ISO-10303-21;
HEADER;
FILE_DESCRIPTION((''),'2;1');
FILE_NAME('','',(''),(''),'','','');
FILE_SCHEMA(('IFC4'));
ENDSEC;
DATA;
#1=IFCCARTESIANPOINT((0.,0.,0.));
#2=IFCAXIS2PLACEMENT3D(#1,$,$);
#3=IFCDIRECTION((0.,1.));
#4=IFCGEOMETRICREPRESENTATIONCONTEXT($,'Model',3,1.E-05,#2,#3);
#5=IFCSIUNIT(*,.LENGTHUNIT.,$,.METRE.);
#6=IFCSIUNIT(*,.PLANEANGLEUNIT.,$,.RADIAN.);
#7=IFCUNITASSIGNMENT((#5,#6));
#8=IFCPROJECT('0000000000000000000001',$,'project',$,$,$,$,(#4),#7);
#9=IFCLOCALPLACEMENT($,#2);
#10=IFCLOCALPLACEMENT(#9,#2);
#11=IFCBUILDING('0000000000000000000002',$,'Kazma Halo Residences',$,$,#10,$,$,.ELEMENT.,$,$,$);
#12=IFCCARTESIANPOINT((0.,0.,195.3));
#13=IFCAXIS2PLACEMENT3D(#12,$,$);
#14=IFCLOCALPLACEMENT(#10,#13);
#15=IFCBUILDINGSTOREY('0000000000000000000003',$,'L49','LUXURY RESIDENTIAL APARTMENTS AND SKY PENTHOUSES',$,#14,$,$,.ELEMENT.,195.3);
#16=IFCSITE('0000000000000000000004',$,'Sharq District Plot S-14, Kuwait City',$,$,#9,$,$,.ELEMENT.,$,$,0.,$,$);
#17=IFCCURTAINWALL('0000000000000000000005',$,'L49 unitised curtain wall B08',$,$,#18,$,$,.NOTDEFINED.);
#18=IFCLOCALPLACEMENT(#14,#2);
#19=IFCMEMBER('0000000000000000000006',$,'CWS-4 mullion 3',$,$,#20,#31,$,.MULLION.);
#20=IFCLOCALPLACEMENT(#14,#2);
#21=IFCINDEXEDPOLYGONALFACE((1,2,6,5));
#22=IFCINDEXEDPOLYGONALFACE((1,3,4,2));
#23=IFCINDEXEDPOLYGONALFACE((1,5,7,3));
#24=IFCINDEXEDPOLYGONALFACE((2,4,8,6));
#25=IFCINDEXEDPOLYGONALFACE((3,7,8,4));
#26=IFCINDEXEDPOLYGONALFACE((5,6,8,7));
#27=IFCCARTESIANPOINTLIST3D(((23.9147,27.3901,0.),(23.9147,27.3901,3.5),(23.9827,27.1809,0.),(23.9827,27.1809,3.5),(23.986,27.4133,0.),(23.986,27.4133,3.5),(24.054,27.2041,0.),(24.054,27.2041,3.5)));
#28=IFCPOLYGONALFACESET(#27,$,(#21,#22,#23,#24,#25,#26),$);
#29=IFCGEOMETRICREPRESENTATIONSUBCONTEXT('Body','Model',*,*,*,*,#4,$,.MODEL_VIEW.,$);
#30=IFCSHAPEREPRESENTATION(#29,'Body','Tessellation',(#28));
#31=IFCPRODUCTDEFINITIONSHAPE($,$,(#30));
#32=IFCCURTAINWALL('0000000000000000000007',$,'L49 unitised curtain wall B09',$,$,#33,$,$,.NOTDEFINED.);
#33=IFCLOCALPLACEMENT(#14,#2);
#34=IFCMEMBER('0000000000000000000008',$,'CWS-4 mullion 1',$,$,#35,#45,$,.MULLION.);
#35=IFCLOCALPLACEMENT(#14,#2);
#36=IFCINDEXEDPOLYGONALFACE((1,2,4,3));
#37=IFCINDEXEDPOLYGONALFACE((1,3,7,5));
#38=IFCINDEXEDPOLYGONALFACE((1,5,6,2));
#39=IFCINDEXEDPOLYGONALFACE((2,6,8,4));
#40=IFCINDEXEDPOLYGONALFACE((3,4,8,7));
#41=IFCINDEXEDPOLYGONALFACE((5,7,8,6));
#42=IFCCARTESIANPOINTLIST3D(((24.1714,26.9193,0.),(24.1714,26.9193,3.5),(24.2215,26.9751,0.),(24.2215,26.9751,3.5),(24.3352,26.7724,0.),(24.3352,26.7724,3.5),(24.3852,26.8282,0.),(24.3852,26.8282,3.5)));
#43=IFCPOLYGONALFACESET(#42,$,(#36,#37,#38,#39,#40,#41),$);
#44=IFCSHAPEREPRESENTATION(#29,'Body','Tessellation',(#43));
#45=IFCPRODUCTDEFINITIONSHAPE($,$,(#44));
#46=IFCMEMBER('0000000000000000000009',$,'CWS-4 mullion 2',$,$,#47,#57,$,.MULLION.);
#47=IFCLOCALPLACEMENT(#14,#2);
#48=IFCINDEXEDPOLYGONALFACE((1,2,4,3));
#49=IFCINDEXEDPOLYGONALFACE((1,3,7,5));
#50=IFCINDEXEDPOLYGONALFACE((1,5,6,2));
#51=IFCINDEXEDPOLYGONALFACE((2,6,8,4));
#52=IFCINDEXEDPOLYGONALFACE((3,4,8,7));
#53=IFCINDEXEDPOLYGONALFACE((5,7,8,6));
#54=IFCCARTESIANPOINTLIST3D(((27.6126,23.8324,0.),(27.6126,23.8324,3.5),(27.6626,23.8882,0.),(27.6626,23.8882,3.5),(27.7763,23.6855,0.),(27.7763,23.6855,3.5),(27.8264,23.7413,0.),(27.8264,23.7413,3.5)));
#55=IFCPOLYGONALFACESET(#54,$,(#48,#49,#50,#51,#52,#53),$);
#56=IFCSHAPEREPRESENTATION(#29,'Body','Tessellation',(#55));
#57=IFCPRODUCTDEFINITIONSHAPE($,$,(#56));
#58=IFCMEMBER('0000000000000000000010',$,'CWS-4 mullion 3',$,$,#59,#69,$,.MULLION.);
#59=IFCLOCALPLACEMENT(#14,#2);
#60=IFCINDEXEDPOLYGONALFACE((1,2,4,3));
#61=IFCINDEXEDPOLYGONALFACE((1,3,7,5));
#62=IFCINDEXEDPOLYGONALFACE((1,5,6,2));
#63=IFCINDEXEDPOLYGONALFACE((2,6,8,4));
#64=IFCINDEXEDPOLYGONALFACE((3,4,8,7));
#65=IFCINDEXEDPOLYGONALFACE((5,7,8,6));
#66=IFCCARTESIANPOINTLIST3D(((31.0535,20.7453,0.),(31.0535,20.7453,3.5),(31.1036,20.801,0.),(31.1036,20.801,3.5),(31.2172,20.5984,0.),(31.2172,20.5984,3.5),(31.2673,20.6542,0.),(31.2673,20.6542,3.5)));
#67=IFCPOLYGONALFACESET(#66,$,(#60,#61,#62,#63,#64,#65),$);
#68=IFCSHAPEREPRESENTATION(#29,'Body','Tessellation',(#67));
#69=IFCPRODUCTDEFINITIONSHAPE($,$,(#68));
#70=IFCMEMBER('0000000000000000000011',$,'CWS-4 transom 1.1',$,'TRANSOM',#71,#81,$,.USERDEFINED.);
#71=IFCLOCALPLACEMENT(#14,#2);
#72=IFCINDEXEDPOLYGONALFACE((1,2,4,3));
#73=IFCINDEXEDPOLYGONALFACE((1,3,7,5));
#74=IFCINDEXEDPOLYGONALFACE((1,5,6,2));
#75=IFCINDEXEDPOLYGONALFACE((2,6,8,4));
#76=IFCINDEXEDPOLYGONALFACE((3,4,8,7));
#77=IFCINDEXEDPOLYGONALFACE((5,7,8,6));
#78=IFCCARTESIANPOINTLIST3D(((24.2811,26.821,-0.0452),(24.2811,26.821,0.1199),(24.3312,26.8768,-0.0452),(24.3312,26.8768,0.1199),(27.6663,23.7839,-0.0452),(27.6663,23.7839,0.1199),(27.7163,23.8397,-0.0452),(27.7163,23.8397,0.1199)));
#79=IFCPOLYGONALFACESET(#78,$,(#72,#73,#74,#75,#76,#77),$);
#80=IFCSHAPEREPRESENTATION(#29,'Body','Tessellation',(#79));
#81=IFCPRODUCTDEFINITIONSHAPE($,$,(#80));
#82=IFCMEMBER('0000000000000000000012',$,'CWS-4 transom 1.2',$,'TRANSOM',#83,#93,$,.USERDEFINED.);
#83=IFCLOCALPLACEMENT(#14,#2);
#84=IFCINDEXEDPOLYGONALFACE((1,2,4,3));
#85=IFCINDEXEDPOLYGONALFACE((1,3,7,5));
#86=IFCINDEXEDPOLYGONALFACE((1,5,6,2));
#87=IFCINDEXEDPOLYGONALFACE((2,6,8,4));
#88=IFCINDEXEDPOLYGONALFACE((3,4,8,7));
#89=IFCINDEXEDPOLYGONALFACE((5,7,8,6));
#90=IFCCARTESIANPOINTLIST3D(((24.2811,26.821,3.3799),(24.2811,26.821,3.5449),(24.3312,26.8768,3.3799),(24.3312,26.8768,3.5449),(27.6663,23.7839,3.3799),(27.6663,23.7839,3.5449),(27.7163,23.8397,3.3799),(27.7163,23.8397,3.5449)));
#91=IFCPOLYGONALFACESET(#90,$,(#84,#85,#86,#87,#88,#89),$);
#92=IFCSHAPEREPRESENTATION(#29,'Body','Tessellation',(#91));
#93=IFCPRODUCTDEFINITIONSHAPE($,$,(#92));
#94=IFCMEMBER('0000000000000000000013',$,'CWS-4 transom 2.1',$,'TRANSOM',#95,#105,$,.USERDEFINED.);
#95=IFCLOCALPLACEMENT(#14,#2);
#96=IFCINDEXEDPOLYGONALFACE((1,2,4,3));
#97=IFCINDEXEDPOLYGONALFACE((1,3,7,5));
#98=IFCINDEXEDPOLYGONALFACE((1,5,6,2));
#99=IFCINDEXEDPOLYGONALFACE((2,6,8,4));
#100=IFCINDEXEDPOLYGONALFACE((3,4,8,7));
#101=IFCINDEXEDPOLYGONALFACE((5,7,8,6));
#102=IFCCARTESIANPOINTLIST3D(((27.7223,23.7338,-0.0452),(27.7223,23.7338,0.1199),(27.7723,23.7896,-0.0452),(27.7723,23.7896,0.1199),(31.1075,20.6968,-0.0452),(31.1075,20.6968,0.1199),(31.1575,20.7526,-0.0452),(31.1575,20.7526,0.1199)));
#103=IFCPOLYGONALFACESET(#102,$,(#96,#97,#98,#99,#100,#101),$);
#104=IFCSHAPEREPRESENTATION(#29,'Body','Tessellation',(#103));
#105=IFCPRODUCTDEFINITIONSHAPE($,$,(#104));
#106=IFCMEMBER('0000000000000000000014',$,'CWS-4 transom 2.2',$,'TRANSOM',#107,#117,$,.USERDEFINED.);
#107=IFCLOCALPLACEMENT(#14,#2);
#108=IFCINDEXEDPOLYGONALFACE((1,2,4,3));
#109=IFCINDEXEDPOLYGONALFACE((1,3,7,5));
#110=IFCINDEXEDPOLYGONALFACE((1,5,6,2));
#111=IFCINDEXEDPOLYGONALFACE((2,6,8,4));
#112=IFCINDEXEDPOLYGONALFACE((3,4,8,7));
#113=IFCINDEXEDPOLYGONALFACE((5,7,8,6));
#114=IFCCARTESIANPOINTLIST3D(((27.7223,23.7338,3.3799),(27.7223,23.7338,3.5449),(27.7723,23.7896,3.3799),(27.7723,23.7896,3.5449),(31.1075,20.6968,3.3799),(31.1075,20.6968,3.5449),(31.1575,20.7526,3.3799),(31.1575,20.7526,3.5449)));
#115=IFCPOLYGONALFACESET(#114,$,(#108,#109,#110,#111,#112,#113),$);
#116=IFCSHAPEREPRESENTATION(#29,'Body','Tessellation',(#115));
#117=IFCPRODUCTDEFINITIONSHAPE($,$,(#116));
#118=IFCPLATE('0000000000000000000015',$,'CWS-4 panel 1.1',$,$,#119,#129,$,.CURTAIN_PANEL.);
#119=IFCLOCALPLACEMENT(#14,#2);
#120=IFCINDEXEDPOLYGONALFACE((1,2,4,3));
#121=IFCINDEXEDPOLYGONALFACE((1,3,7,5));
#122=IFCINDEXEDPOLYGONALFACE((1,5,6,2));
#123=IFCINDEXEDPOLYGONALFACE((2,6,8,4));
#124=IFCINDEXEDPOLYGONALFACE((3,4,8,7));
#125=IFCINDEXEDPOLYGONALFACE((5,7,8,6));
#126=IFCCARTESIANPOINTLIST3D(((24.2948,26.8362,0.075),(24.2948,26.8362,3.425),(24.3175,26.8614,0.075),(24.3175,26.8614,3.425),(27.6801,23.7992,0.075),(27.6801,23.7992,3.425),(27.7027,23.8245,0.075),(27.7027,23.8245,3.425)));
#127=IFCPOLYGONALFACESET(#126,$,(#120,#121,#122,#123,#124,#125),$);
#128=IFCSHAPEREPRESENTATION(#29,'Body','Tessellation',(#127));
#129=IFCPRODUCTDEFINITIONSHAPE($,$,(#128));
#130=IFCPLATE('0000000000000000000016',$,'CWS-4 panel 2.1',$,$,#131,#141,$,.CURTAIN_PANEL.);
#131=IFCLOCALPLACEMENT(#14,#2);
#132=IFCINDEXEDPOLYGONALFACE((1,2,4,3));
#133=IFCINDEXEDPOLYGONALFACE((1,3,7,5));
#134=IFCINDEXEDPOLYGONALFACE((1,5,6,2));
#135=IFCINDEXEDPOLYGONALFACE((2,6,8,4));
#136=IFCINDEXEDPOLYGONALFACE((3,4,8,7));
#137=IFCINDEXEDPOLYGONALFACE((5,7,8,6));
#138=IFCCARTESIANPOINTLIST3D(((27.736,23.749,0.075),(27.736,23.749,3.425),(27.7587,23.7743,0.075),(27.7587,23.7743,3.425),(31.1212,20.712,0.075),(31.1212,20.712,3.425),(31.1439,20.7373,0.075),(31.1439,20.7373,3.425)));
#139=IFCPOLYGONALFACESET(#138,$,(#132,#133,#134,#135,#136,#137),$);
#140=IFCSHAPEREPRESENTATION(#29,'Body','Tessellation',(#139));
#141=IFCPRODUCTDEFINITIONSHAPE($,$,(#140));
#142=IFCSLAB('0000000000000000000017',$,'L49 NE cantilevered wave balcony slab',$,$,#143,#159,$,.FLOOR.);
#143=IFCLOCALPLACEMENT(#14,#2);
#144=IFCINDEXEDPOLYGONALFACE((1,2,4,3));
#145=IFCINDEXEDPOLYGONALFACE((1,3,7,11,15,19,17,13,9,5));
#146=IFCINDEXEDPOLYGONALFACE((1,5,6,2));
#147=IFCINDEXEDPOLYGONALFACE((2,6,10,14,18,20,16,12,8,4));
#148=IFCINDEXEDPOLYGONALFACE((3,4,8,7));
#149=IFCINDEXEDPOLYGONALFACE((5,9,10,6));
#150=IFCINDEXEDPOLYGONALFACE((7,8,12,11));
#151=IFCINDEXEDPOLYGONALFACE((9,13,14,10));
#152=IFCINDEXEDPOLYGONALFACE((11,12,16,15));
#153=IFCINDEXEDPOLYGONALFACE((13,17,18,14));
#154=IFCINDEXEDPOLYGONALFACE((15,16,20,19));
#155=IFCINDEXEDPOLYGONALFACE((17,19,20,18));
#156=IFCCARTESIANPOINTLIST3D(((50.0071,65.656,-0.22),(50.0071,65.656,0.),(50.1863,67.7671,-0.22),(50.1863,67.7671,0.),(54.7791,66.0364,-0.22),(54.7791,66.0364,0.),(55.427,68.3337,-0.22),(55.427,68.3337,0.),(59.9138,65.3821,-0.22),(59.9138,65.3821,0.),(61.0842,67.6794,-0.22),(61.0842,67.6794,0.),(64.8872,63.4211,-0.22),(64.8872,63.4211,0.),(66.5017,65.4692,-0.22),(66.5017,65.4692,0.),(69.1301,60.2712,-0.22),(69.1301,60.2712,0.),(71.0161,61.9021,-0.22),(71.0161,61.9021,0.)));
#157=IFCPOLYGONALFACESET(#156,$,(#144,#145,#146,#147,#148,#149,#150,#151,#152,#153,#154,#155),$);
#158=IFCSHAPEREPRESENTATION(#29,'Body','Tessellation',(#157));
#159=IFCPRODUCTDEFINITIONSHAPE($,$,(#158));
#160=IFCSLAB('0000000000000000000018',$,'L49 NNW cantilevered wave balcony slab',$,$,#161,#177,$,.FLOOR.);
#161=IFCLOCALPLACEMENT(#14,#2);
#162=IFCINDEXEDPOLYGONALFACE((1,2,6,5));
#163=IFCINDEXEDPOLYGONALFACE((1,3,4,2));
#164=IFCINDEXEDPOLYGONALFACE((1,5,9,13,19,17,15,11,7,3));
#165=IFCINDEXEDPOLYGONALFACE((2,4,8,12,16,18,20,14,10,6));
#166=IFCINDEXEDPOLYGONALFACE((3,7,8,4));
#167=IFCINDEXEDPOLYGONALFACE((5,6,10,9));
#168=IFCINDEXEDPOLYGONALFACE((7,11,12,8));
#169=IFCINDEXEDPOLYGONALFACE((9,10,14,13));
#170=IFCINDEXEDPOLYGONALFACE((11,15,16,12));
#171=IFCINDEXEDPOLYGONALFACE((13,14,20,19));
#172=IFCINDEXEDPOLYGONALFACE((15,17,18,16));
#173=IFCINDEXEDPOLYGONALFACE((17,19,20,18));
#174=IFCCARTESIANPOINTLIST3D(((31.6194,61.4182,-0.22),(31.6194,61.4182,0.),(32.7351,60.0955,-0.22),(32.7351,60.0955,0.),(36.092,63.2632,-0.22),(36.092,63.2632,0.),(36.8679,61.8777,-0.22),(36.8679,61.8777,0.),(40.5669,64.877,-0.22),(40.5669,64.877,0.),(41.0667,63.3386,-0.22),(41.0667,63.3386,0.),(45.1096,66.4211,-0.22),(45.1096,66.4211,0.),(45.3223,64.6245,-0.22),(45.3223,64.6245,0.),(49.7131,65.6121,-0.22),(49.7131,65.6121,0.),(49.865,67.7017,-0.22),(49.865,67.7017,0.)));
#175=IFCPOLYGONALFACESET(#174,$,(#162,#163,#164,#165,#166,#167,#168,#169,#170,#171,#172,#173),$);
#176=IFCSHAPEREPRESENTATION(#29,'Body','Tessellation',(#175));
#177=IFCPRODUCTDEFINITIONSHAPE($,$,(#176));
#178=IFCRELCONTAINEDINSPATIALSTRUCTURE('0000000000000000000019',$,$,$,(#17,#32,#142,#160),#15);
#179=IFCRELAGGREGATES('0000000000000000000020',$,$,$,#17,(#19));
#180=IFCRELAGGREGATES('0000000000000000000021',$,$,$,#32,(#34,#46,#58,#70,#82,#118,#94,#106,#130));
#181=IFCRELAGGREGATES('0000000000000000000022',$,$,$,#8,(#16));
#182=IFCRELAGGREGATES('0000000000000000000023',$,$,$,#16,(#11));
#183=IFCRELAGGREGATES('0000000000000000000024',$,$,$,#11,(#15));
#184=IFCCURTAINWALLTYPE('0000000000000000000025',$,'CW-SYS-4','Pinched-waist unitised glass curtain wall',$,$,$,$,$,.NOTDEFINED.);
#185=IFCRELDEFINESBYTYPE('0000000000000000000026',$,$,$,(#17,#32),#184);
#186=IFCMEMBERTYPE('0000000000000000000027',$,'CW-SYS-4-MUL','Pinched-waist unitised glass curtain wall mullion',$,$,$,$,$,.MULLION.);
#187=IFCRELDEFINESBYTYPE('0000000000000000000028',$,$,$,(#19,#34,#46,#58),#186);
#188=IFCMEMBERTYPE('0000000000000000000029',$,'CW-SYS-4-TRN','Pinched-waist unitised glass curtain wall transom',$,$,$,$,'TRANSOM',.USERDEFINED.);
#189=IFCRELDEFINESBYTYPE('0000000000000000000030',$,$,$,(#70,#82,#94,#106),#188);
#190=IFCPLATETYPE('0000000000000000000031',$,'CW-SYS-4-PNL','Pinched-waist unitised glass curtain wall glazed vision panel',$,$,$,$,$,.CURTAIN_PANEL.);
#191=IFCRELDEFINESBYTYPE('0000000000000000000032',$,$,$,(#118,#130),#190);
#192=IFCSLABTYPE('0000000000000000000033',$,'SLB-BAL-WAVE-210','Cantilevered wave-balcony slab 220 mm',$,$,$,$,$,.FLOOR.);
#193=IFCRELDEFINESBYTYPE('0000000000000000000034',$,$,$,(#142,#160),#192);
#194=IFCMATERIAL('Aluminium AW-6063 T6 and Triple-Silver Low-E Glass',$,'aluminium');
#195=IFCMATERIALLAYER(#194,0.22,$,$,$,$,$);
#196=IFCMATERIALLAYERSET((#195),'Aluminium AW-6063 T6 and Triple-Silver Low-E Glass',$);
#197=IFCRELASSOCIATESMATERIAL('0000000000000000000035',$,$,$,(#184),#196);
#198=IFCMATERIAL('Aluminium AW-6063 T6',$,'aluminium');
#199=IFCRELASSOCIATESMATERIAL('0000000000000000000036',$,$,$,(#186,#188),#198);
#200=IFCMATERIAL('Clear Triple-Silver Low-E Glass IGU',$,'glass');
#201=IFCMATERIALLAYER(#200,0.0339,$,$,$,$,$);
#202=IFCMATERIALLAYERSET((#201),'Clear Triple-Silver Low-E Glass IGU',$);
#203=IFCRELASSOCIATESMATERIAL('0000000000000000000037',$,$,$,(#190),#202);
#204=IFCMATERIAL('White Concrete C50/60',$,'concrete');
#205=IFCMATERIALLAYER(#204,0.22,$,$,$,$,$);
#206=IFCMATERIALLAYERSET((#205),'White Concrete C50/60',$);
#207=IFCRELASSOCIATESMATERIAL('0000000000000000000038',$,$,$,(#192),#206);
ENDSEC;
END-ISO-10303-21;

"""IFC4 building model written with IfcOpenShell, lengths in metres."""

from ifc_helpers import new_model, si_unit, direction, frame, origin, origin_2d, place, context, subcontext, project, spatial, polyline, rectangle, outline, extrude, material, layer, layer_set, material_profile, profile_set, type_object, element, aggregate, save


model = new_model("IFC4")

# Units and contexts
model_context = context("Model", 3, precision=1e-05, world=origin(), true_north=direction((0.0, 1.0)))
body_context = subcontext(model_context, "Body", "Model", "MODEL_VIEW")
ifc_project = project(units=[si_unit("LENGTHUNIT", "METRE"), si_unit("PLANEANGLEUNIT", "RADIAN")], contexts=[model_context])

# Site, building, storey
site_placement = place(None, origin())
site = spatial("IfcSite", under=ifc_project, at=site_placement, Name="Sharq District Plot S-14, Kuwait City", CompositionType="ELEMENT", RefElevation=0.0)
building_placement = place(site_placement, origin())
building = spatial("IfcBuilding", under=site, at=building_placement, Name="Kazma Halo Residences", CompositionType="ELEMENT")
storey_placement = place(building_placement, frame((0.0, 0.0, 195.3)))
storey = spatial("IfcBuildingStorey", under=building, at=storey_placement, Name="L49", Description="LUXURY RESIDENTIAL APARTMENTS AND SKY PENTHOUSES", CompositionType="ELEMENT", Elevation=195.3)

# Curtain wall, member
ifc_material_1 = material(Name="Aluminium AW-6063 T6 and Triple-Silver Low-E Glass", Category="aluminium")
ifc_layer_1 = layer(ifc_material_1, 0.22)
ifc_layer_set_1 = layer_set([ifc_layer_1], Name="Aluminium AW-6063 T6 and Triple-Silver Low-E Glass")
curtain_wall_type = type_object("IfcCurtainWallType", Name="CW-SYS-4", Description="Pinched-waist unitised glass curtain wall", PredefinedType="NOTDEFINED", material=ifc_layer_set_1)
curtain_wall_1_placement = place(storey_placement, origin())
curtain_wall_1 = element("IfcCurtainWall", 1, at=curtain_wall_1_placement, inside=storey, type_object=curtain_wall_type, Name="L49 unitised curtain wall B08", PredefinedType="NOTDEFINED")
ifc_material_2 = material(Name="Aluminium AW-6063 T6", Category="aluminium")
ifc_material_profile_1 = material_profile(ifc_material_2, rectangle(XDim=0.075, YDim=0.22, at=origin_2d()), Name="CWM-75x220")
ifc_profile_set_1 = profile_set([ifc_material_profile_1], Name="Aluminium AW-6063 T6")
member_type_1 = type_object("IfcMemberType", Name="CW-SYS-4-MUL", Description="Pinched-waist unitised glass curtain wall mullion", PredefinedType="MULLION", material=ifc_profile_set_1)
member_1_placement = place(storey_placement, frame((23.9844, 27.2971, 0.0), z_axis=(0.0, 0.0, 1.0), x_axis=(0.951057, 0.309016, 0.0)))
member_1 = element("IfcMember", 2, at=member_1_placement, type_object=member_type_1, Name="CWS-4 mullion 3", PredefinedType="MULLION", context=body_context, shape_type="SweptSolid", body=[
    extrude(rectangle(XDim=0.075, YDim=0.22, at=origin_2d()), origin(), (0.0, 0.0, 1.0), 3.5),
])
aggregate(curtain_wall_1, [member_1])

# Curtain wall, members, plates
curtain_wall_2_placement = place(storey_placement, origin())
curtain_wall_2 = element("IfcCurtainWall", 3, at=curtain_wall_2_placement, inside=storey, type_object=curtain_wall_type, Name="L49 unitised curtain wall B09", PredefinedType="NOTDEFINED")
member_2_placement = place(storey_placement, frame((24.2783, 26.8738, 0.0), z_axis=(0.0, 0.0, 1.0), x_axis=(0.667784, 0.744355, 0.0)))
member_2 = element("IfcMember", 4, at=member_2_placement, type_object=member_type_1, Name="CWS-4 mullion 1", PredefinedType="MULLION", context=body_context, shape_type="SweptSolid", body=[
    extrude(rectangle(XDim=0.075, YDim=0.22, at=origin_2d()), origin(), (0.0, 0.0, 1.0), 3.5),
])
member_3_placement = place(storey_placement, frame((27.7195, 23.7869, 0.0), z_axis=(0.0, 0.0, 1.0), x_axis=(0.667784, 0.744355, 0.0)))
member_3 = element("IfcMember", 5, at=member_3_placement, type_object=member_type_1, Name="CWS-4 mullion 2", PredefinedType="MULLION", context=body_context, shape_type="SweptSolid", body=[
    extrude(rectangle(XDim=0.075, YDim=0.22, at=origin_2d()), origin(), (0.0, 0.0, 1.0), 3.5),
])
member_4_placement = place(storey_placement, frame((31.1604, 20.6997, 0.0), z_axis=(0.0, 0.0, 1.0), x_axis=(0.667784, 0.744355, 0.0)))
member_4 = element("IfcMember", 6, at=member_4_placement, type_object=member_type_1, Name="CWS-4 mullion 3", PredefinedType="MULLION", context=body_context, shape_type="SweptSolid", body=[
    extrude(rectangle(XDim=0.075, YDim=0.22, at=origin_2d()), origin(), (0.0, 0.0, 1.0), 3.5),
])
ifc_material_profile_2 = material_profile(ifc_material_2, rectangle(XDim=0.075, YDim=0.165, at=origin_2d()), Name="CWT-75x165")
ifc_profile_set_2 = profile_set([ifc_material_profile_2], Name="Aluminium AW-6063 T6")
member_type_2 = type_object("IfcMemberType", Name="CW-SYS-4-TRN", Description="Pinched-waist unitised glass curtain wall transom", ElementType="TRANSOM", PredefinedType="USERDEFINED", material=ifc_profile_set_2)
member_5_placement = place(storey_placement, frame((24.3062, 26.8489, 0.0374), z_axis=(0.744345, -0.667795, 0.0), x_axis=(0.667795, 0.744345, 0.0)))
member_5 = element("IfcMember", 7, at=member_5_placement, type_object=member_type_2, Name="CWS-4 transom 1.1", ObjectType="TRANSOM", PredefinedType="USERDEFINED", context=body_context, shape_type="SweptSolid", body=[
    extrude(rectangle(XDim=0.075, YDim=0.165, at=origin_2d()), origin(), (0.0, 0.0, 1.0), 4.5479),
])
member_6_placement = place(storey_placement, frame((24.3062, 26.8489, 3.4624), z_axis=(0.744345, -0.667795, 0.0), x_axis=(0.667795, 0.744345, 0.0)))
member_6 = element("IfcMember", 8, at=member_6_placement, type_object=member_type_2, Name="CWS-4 transom 1.2", ObjectType="TRANSOM", PredefinedType="USERDEFINED", context=body_context, shape_type="SweptSolid", body=[
    extrude(rectangle(XDim=0.075, YDim=0.165, at=origin_2d()), origin(), (0.0, 0.0, 1.0), 4.5479),
])
member_7_placement = place(storey_placement, frame((27.7473, 23.7617, 0.0374), z_axis=(0.744345, -0.667795, 0.0), x_axis=(0.667795, 0.744345, 0.0)))
member_7 = element("IfcMember", 9, at=member_7_placement, type_object=member_type_2, Name="CWS-4 transom 2.1", ObjectType="TRANSOM", PredefinedType="USERDEFINED", context=body_context, shape_type="SweptSolid", body=[
    extrude(rectangle(XDim=0.075, YDim=0.165, at=origin_2d()), origin(), (0.0, 0.0, 1.0), 4.5479),
])
member_8_placement = place(storey_placement, frame((27.7473, 23.7617, 3.4624), z_axis=(0.744345, -0.667795, 0.0), x_axis=(0.667795, 0.744345, 0.0)))
member_8 = element("IfcMember", 10, at=member_8_placement, type_object=member_type_2, Name="CWS-4 transom 2.2", ObjectType="TRANSOM", PredefinedType="USERDEFINED", context=body_context, shape_type="SweptSolid", body=[
    extrude(rectangle(XDim=0.075, YDim=0.165, at=origin_2d()), origin(), (0.0, 0.0, 1.0), 4.5479),
])
ifc_material_3 = material(Name="Clear Triple-Silver Low-E Glass IGU", Category="glass")
ifc_layer_2 = layer(ifc_material_3, 0.0339)
ifc_layer_set_2 = layer_set([ifc_layer_2], Name="Clear Triple-Silver Low-E Glass IGU")
plate_type = type_object("IfcPlateType", Name="CW-SYS-4-PNL", Description="Pinched-waist unitised glass curtain wall glazed vision panel", PredefinedType="CURTAIN_PANEL", material=ifc_layer_set_2)
plate_1_placement = place(storey_placement, frame((25.9988, 25.3303, 0.075), z_axis=(0.0, 0.0, 1.0), x_axis=(0.744355, -0.667784, 0.0)))
plate_1 = element("IfcPlate", 11, at=plate_1_placement, type_object=plate_type, Name="CWS-4 panel 1.1", PredefinedType="CURTAIN_PANEL", context=body_context, shape_type="SweptSolid", body=[
    extrude(rectangle(XDim=4.5479, YDim=0.0339, at=origin_2d()), origin(), (0.0, 0.0, 1.0), 3.3501),
])
plate_2_placement = place(storey_placement, frame((29.4399, 22.2432, 0.075), z_axis=(0.0, 0.0, 1.0), x_axis=(0.744355, -0.667784, 0.0)))
plate_2 = element("IfcPlate", 12, at=plate_2_placement, type_object=plate_type, Name="CWS-4 panel 2.1", PredefinedType="CURTAIN_PANEL", context=body_context, shape_type="SweptSolid", body=[
    extrude(rectangle(XDim=4.5479, YDim=0.0339, at=origin_2d()), origin(), (0.0, 0.0, 1.0), 3.3501),
])
aggregate(curtain_wall_2, [member_2, member_3, member_4, member_5, member_6, plate_1, member_7, member_8, plate_2])

# Slabs
ifc_material_4 = material(Name="White Concrete C50/60", Category="concrete")
ifc_layer_3 = layer(ifc_material_4, 0.22)
ifc_layer_set_3 = layer_set([ifc_layer_3], Name="White Concrete C50/60")
slab_type_1 = type_object("IfcSlabType", Name="SLB-BAL-WAVE-210", Description="Cantilevered wave-balcony slab 220 mm", PredefinedType="FLOOR", material=ifc_layer_set_3)
slab_1_placement = place(storey_placement, frame((0.0, 0.0, -0.22)))
element("IfcSlab", 13, at=slab_1_placement, inside=storey, type_object=slab_type_1, Name="L49 NE cantilevered wave balcony slab", PredefinedType="FLOOR", context=body_context, shape_type="SweptSolid", body=[
    extrude(outline(polyline([(69.1301, 60.2712), (64.8872, 63.4211), (59.9138, 65.3821), (54.7791, 66.0364), (50.0071, 65.656), (50.1863, 67.7671), (55.427, 68.3337), (61.0842, 67.6794), (66.5017, 65.4692), (71.0161, 61.9021), (69.1301, 60.2712)])), origin(), (0.0, 0.0, 1.0), 0.22),
])
slab_2_placement = place(storey_placement, frame((0.0, 0.0, -0.22)))
element("IfcSlab", 14, at=slab_2_placement, inside=storey, type_object=slab_type_1, Name="L49 NNW cantilevered wave balcony slab", PredefinedType="FLOOR", context=body_context, shape_type="SweptSolid", body=[
    extrude(outline(polyline([(49.7131, 65.6121), (45.3223, 64.6245), (41.0667, 63.3386), (36.8679, 61.8777), (32.7351, 60.0955), (31.6194, 61.4182), (36.092, 63.2632), (40.5669, 64.877), (45.1096, 66.4211), (49.865, 67.7017), (49.7131, 65.6121)])), origin(), (0.0, 0.0, 1.0), 0.22),
])

save(model, "model.ifc")
